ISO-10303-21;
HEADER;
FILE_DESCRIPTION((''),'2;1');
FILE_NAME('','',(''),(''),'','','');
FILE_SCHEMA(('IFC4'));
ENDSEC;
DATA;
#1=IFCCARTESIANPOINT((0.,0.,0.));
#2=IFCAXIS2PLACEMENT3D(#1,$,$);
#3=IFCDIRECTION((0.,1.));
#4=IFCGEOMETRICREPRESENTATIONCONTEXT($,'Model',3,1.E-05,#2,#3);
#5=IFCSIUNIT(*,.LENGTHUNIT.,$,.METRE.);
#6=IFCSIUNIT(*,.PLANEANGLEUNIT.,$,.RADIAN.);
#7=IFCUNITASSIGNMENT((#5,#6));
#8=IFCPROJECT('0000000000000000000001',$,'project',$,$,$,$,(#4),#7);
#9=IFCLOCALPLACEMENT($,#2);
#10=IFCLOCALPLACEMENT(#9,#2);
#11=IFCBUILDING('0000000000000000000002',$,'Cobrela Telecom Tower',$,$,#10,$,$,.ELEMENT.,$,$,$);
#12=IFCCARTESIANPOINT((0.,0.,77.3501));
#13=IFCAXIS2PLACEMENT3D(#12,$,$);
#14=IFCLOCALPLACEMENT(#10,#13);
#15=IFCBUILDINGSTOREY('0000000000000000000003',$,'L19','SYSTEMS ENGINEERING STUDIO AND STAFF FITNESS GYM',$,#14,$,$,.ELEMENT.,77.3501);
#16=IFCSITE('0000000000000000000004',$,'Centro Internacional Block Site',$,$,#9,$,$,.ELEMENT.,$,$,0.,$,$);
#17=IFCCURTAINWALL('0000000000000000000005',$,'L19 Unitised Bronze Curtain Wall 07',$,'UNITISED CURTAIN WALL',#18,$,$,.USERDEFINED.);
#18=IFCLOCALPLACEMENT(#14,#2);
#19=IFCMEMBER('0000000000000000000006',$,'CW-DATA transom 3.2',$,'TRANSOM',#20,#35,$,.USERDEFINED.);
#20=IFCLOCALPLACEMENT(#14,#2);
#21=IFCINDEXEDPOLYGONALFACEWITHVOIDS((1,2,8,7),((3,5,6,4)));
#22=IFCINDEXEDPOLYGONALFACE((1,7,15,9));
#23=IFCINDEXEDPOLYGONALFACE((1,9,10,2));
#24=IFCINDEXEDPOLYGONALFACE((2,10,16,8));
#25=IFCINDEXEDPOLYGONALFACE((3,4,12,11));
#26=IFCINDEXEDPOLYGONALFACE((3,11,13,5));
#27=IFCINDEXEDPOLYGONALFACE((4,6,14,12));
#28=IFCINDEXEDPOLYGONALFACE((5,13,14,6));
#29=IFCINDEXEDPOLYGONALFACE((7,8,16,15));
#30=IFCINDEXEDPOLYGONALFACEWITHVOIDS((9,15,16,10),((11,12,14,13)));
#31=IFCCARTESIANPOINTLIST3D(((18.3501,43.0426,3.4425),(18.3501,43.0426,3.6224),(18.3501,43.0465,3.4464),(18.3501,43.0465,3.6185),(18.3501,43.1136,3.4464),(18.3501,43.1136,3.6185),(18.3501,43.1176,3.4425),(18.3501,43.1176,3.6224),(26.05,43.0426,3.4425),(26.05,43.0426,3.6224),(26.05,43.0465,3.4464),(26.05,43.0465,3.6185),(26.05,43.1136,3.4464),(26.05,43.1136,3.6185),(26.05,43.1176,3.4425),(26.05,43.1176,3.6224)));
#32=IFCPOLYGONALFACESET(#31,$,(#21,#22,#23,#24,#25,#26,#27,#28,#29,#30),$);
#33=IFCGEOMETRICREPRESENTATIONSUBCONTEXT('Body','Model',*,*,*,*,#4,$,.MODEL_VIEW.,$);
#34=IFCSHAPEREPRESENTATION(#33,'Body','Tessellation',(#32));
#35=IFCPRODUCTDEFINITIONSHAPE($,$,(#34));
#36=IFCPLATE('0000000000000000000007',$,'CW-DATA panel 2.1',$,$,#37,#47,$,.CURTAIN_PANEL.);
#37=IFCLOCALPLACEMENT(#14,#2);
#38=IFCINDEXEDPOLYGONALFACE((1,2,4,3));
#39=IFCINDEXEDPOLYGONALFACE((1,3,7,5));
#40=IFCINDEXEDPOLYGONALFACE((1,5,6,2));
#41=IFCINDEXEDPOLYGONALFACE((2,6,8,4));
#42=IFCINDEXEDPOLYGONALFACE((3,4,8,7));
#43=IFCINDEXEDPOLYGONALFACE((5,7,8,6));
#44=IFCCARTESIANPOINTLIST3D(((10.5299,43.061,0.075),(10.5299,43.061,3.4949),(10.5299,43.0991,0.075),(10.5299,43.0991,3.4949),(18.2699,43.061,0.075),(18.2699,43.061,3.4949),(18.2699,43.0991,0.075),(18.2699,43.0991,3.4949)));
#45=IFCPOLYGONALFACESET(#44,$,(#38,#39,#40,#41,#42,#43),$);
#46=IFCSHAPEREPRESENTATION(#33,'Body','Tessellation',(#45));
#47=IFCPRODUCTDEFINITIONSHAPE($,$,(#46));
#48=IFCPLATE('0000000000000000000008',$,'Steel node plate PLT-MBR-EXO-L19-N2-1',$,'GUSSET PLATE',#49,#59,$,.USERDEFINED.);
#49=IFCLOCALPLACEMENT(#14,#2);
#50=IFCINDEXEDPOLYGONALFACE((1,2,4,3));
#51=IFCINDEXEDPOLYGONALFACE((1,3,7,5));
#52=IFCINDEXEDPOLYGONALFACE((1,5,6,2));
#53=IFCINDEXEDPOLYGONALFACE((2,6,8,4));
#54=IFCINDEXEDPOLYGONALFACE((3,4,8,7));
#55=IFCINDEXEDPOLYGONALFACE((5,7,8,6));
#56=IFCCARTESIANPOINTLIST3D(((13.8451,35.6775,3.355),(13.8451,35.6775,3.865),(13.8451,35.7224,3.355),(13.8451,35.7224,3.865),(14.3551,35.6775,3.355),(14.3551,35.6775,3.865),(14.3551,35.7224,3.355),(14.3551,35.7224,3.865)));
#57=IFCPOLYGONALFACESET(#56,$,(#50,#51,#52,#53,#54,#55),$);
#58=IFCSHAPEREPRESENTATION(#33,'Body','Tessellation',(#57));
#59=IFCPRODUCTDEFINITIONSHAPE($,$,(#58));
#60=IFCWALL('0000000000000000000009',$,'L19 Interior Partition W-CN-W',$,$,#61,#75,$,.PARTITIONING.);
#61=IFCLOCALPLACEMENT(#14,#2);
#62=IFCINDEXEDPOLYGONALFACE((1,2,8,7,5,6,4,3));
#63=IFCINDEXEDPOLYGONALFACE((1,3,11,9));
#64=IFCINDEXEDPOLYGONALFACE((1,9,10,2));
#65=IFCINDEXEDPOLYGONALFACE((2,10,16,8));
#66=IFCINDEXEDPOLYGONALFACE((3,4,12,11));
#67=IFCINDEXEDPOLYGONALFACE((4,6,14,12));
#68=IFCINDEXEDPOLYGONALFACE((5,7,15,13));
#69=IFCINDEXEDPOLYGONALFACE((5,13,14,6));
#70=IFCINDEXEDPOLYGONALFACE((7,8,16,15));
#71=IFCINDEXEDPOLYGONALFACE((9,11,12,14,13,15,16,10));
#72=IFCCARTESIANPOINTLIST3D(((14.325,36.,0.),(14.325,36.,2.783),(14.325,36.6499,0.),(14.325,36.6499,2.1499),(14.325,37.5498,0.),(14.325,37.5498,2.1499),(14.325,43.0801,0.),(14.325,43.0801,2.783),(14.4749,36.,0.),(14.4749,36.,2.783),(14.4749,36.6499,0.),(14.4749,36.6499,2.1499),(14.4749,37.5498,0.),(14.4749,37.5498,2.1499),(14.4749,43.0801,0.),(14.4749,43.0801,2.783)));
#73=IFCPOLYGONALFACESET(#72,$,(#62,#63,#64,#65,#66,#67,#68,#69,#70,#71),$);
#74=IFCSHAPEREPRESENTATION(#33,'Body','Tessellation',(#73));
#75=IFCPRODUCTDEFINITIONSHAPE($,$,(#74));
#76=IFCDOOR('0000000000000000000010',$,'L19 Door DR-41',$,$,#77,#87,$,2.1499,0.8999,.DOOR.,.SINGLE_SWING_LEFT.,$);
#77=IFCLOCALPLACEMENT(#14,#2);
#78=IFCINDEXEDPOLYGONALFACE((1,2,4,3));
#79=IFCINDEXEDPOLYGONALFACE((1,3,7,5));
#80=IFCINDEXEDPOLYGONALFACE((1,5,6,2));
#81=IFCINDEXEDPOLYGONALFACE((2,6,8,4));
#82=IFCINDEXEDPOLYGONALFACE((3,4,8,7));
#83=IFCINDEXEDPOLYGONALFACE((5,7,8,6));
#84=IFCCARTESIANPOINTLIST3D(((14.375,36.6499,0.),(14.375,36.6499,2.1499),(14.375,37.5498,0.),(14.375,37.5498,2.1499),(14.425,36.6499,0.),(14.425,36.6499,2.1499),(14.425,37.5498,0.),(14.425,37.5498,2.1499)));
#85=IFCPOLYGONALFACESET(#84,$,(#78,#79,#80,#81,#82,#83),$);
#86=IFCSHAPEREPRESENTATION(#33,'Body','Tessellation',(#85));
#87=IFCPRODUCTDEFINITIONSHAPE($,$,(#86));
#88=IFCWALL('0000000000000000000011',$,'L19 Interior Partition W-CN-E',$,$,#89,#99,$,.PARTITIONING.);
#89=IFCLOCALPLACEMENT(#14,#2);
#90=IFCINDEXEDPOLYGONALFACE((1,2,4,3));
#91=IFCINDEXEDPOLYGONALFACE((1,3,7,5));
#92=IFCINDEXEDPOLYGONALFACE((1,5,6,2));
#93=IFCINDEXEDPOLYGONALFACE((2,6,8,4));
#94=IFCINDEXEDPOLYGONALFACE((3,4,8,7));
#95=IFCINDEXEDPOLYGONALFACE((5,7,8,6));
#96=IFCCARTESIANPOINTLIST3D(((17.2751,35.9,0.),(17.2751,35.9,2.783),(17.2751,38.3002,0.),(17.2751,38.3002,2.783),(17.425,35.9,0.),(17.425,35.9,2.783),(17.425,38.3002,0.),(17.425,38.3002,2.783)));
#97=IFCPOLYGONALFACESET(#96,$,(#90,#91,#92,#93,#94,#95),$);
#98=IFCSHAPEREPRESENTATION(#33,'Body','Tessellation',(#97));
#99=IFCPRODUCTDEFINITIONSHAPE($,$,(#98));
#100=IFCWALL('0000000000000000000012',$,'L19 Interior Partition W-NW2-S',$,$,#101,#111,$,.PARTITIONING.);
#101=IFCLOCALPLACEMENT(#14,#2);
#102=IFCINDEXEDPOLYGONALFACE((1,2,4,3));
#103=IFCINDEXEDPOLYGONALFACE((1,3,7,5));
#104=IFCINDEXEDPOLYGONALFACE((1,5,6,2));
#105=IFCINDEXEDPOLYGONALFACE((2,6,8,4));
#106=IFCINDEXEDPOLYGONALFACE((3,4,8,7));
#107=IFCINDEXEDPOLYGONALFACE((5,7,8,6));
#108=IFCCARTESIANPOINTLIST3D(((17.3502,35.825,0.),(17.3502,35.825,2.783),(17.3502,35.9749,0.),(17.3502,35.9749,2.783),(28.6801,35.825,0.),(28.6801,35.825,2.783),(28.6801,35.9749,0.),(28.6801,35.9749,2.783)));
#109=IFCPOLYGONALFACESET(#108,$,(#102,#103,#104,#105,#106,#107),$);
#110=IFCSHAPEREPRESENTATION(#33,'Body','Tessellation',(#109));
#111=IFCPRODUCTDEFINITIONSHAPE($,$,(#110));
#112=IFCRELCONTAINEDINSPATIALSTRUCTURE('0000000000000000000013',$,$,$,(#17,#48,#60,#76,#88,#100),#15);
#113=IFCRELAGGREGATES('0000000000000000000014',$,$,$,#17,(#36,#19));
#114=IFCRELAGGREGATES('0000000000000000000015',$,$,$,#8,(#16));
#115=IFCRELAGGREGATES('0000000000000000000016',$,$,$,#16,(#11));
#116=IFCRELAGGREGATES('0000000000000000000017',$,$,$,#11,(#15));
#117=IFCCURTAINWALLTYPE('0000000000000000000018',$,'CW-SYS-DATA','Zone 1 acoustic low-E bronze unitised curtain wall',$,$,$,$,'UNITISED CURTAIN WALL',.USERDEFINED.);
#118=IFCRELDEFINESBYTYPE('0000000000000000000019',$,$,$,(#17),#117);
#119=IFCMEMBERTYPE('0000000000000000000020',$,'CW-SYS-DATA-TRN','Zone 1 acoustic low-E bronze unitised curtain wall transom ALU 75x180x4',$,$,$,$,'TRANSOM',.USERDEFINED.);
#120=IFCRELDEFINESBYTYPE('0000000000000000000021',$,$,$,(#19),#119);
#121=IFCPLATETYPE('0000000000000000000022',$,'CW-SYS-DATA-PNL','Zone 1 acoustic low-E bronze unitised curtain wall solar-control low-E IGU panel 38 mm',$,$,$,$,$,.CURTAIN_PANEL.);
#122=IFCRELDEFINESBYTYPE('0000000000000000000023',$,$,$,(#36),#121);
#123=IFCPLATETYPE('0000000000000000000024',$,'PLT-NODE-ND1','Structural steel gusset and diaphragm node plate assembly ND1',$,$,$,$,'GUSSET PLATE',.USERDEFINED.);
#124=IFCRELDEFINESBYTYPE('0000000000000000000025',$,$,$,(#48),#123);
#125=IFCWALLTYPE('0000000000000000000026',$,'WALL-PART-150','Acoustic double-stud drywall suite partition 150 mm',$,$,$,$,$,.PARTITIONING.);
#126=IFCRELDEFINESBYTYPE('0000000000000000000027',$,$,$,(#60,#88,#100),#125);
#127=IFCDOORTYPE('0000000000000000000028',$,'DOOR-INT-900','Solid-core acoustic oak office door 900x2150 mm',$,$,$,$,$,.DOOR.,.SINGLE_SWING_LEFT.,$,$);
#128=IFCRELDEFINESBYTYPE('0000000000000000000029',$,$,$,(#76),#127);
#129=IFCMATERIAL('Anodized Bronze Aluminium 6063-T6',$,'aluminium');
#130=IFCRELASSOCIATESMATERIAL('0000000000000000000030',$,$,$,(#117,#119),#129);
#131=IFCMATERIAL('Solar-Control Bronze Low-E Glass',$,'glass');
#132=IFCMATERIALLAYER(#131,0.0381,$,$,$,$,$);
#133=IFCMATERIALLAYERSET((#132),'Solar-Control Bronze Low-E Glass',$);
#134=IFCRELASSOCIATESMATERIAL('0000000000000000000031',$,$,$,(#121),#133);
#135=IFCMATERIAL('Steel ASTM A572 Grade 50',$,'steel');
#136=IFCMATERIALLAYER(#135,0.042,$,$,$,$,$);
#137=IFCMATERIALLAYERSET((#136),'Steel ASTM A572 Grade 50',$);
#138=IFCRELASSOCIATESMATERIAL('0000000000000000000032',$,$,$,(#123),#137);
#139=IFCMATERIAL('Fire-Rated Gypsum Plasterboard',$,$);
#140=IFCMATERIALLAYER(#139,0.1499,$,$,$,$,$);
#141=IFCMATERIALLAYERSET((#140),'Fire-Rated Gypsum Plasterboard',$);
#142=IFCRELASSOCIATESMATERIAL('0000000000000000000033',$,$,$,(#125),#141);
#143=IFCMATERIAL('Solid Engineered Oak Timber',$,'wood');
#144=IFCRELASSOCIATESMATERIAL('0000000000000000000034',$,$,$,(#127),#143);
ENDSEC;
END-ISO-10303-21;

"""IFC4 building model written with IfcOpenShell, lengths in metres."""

from ifc_helpers import new_model, si_unit, direction, frame, frame_2d, origin, origin_2d, place, context, subcontext, project, spatial, rectangle, hollow_rectangle, extrude, material, layer, layer_set, material_profile, profile_set, type_object, element, fill, aggregate, save


model = new_model("IFC4")

# Units and contexts
model_context = context("Model", 3, precision=1e-05, world=origin(), true_north=direction((0.0, 1.0)))
body_context = subcontext(model_context, "Body", "Model", "MODEL_VIEW")
ifc_project = project(units=[si_unit("LENGTHUNIT", "METRE"), si_unit("PLANEANGLEUNIT", "RADIAN")], contexts=[model_context])

# Site, building, storey
site_placement = place(None, origin())
site = spatial("IfcSite", under=ifc_project, at=site_placement, Name="Centro Internacional Block Site", CompositionType="ELEMENT", RefElevation=0.0)
building_placement = place(site_placement, origin())
building = spatial("IfcBuilding", under=site, at=building_placement, Name="Cobrela Telecom Tower", CompositionType="ELEMENT")
storey_placement = place(building_placement, frame((0.0, 0.0, 77.3501)))
storey = spatial("IfcBuildingStorey", under=building, at=storey_placement, Name="L19", Description="SYSTEMS ENGINEERING STUDIO AND STAFF FITNESS GYM", CompositionType="ELEMENT", Elevation=77.3501)

# Shared definitions
ifc_material_1 = material(Name="Steel ASTM A572 Grade 50", Category="steel")

# Curtain wall, member, plate
ifc_material_2 = material(Name="Anodized Bronze Aluminium 6063-T6", Category="aluminium")
curtain_wall_type = type_object("IfcCurtainWallType", Name="CW-SYS-DATA", Description="Zone 1 acoustic low-E bronze unitised curtain wall", ElementType="UNITISED CURTAIN WALL", PredefinedType="USERDEFINED", material=ifc_material_2)
curtain_wall_placement = place(storey_placement, origin())
curtain_wall = element("IfcCurtainWall", 1, at=curtain_wall_placement, inside=storey, type_object=curtain_wall_type, Name="L19 Unitised Bronze Curtain Wall 07", ObjectType="UNITISED CURTAIN WALL", PredefinedType="USERDEFINED")
ifc_material_profile_1 = material_profile(ifc_material_2, hollow_rectangle(XDim=0.075, YDim=0.1799, WallThickness=0.0039, at=origin_2d()), Name="ALU 75x180x4")
ifc_profile_set_1 = profile_set([ifc_material_profile_1], Name="Anodized Bronze Aluminium 6063-T6")
member_type_1 = type_object("IfcMemberType", Name="CW-SYS-DATA-TRN", Description="Zone 1 acoustic low-E bronze unitised curtain wall transom ALU 75x180x4", ElementType="TRANSOM", PredefinedType="USERDEFINED", material=ifc_profile_set_1)
member_1_placement = place(storey_placement, frame((18.3501, 43.0801, 3.5325), z_axis=(1.0, 0.0, 0.0), x_axis=(0.0, 1.0, 0.0)))
member_1 = element("IfcMember", 2, at=member_1_placement, type_object=member_type_1, Name="CW-DATA transom 3.2", ObjectType="TRANSOM", PredefinedType="USERDEFINED", context=body_context, shape_type="SweptSolid", body=[
    extrude(hollow_rectangle(XDim=0.075, YDim=0.1799, WallThickness=0.0039, at=origin_2d()), origin(), (0.0, 0.0, 1.0), 7.7),
])
ifc_material_3 = material(Name="Solar-Control Bronze Low-E Glass", Category="glass")
ifc_layer_1 = layer(ifc_material_3, 0.0381)
ifc_layer_set_1 = layer_set([ifc_layer_1], Name="Solar-Control Bronze Low-E Glass")
plate_type_1 = type_object("IfcPlateType", Name="CW-SYS-DATA-PNL", Description="Zone 1 acoustic low-E bronze unitised curtain wall solar-control low-E IGU panel 38 mm", PredefinedType="CURTAIN_PANEL", material=ifc_layer_set_1)
plate_1_placement = place(storey_placement, frame((14.3999, 43.0801, 0.075), z_axis=(0.0, 0.0, 1.0), x_axis=(1.0, 0.0, 0.0)))
plate_1 = element("IfcPlate", 3, at=plate_1_placement, type_object=plate_type_1, Name="CW-DATA panel 2.1", PredefinedType="CURTAIN_PANEL", context=body_context, shape_type="SweptSolid", body=[
    extrude(rectangle(XDim=7.74, YDim=0.0381, at=origin_2d()), origin(), (0.0, 0.0, 1.0), 3.4199),
])
aggregate(curtain_wall, [plate_1, member_1])

# Plate
ifc_layer_2 = layer(ifc_material_1, 0.042)
ifc_layer_set_2 = layer_set([ifc_layer_2], Name="Steel ASTM A572 Grade 50")
plate_type_2 = type_object("IfcPlateType", Name="PLT-NODE-ND1", Description="Structural steel gusset and diaphragm node plate assembly ND1", ElementType="GUSSET PLATE", PredefinedType="USERDEFINED", material=ifc_layer_set_2)
plate_2_placement = place(storey_placement, frame((14.1001, 35.7, 3.355), z_axis=(0.0, 0.0, 1.0), x_axis=(1.0, 0.0, 0.0)))
element("IfcPlate", 4, at=plate_2_placement, inside=storey, type_object=plate_type_2, Name="Steel node plate PLT-MBR-EXO-L19-N2-1", ObjectType="GUSSET PLATE", PredefinedType="USERDEFINED", context=body_context, shape_type="SweptSolid", body=[
    extrude(rectangle(XDim=0.51, YDim=0.0449, at=origin_2d()), origin(), (0.0, 0.0, 1.0), 0.51),
])

# Wall, opening, door
ifc_material_4 = material(Name="Fire-Rated Gypsum Plasterboard")
ifc_layer_3 = layer(ifc_material_4, 0.1499)
ifc_layer_set_3 = layer_set([ifc_layer_3], Name="Fire-Rated Gypsum Plasterboard")
wall_type = type_object("IfcWallType", Name="WALL-PART-150", Description="Acoustic double-stud drywall suite partition 150 mm", PredefinedType="PARTITIONING", material=ifc_layer_set_3)
wall_1_placement = place(storey_placement, frame((14.3999, 36.0, 0.0), z_axis=(0.0, 0.0, 1.0), x_axis=(0.0, 1.0, 0.0)))
wall_1 = element("IfcWall", 5, at=wall_1_placement, inside=storey, type_object=wall_type, Name="L19 Interior Partition W-CN-W", PredefinedType="PARTITIONING", context=body_context, shape_type="SweptSolid", body=[
    extrude(rectangle(XDim=7.0801, YDim=0.1499, at=frame_2d((3.54, 0.0))), origin(), (0.0, 0.0, 1.0), 2.783),
])
opening_1_placement = place(wall_1_placement, frame((0.6499, 0.0, 0.0)))
opening_1 = element("IfcOpeningElement", 6, at=opening_1_placement, cuts=wall_1, PredefinedType="OPENING", context=body_context, shape_type="SweptSolid", body=[
    extrude(rectangle(XDim=0.8999, YDim=2.1499, at=frame_2d((0.45, 1.075))), frame((0.0, 0.0869, 0.0), z_axis=(0.0, -1.0, 0.0), x_axis=(1.0, 0.0, 0.0)), (0.0, 0.0, 1.0), 0.1738),
])
ifc_material_5 = material(Name="Solid Engineered Oak Timber", Category="wood")
door_type_1 = type_object("IfcDoorType", Name="DOOR-INT-900", Description="Solid-core acoustic oak office door 900x2150 mm", OperationType="SINGLE_SWING_LEFT", PredefinedType="DOOR", material=ifc_material_5)
door_1_placement = place(opening_1_placement, origin())
door_1 = element("IfcDoor", 7, at=door_1_placement, inside=storey, type_object=door_type_1, Name="L19 Door DR-41", OperationType="SINGLE_SWING_LEFT", OverallHeight=2.1499, OverallWidth=0.8999, PredefinedType="DOOR", context=body_context, shape_type="SweptSolid", body=[
    extrude(rectangle(XDim=0.8999, YDim=2.1499, at=frame_2d((0.45, 1.075))), frame((0.0, 0.0249, 0.0), z_axis=(0.0, -1.0, 0.0), x_axis=(1.0, 0.0, 0.0)), (0.0, 0.0, 1.0), 0.05),
])
fill(opening_1, door_1)

# Wall
wall_2_placement = place(storey_placement, frame((17.3501, 35.8999, 0.0), z_axis=(0.0, 0.0, 1.0), x_axis=(0.0, 1.0, 0.0)))
element("IfcWall", 8, at=wall_2_placement, inside=storey, type_object=wall_type, Name="L19 Interior Partition W-CN-E", PredefinedType="PARTITIONING", context=body_context, shape_type="SweptSolid", body=[
    extrude(rectangle(XDim=2.4001, YDim=0.1499, at=frame_2d((1.2002, 0.0))), origin(), (0.0, 0.0, 1.0), 2.783),
])

# Wall
wall_3_placement = place(storey_placement, frame((17.3501, 35.8999, 0.0), z_axis=(0.0, 0.0, 1.0), x_axis=(1.0, 0.0, 0.0)))
element("IfcWall", 9, at=wall_3_placement, inside=storey, type_object=wall_type, Name="L19 Interior Partition W-NW2-S", PredefinedType="PARTITIONING", context=body_context, shape_type="SweptSolid", body=[
    extrude(rectangle(XDim=11.3298, YDim=0.1499, at=frame_2d((5.665, 0.0))), origin(), (0.0, 0.0, 1.0), 2.783),
])

save(model, "model.ifc")
